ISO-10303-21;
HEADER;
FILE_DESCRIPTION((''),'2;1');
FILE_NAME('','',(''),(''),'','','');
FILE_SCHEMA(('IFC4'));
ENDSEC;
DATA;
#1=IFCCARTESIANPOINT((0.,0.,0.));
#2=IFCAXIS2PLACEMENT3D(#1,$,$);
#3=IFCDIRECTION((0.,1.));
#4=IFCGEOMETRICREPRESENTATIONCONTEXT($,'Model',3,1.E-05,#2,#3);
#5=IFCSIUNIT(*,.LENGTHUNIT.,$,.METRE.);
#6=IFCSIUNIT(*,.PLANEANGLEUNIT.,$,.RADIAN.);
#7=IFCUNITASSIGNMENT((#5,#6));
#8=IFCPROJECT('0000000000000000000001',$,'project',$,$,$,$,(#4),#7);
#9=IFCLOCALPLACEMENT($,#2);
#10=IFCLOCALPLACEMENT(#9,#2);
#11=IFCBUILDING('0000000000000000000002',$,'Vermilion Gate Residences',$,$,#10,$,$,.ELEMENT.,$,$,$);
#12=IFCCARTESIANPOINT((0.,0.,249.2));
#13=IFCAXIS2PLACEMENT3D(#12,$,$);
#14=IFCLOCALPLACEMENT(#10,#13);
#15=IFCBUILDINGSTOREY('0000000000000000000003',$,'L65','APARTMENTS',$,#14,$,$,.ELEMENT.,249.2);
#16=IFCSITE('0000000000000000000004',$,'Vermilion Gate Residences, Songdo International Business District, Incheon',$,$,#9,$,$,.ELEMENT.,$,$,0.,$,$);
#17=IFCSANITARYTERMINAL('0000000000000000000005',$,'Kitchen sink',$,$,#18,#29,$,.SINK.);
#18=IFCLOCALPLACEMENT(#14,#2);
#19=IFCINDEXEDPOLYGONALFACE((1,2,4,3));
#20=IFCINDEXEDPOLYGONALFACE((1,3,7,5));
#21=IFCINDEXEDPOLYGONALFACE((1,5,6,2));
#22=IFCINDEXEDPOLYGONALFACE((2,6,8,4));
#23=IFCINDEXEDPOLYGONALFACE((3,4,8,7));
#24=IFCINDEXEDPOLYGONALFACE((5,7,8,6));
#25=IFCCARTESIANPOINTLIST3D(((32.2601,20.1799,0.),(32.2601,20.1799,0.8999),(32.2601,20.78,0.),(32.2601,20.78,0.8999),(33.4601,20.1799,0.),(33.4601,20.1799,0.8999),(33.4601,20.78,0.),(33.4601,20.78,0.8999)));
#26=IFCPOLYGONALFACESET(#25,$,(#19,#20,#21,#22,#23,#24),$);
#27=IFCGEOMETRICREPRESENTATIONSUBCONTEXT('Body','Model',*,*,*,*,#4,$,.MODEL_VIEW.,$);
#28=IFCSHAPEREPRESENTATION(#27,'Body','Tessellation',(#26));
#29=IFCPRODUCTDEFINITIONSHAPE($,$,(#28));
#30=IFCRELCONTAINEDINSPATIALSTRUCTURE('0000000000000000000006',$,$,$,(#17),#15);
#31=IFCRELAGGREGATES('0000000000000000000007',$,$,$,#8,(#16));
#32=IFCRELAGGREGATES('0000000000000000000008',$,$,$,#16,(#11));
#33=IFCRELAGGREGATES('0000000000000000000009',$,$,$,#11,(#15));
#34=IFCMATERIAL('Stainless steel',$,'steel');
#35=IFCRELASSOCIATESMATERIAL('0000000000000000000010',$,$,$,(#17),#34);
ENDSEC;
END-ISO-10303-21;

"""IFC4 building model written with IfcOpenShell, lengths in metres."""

from ifc_helpers import new_model, si_unit, direction, frame, origin, origin_2d, place, context, subcontext, project, spatial, rectangle, extrude, material, element, save


model = new_model("IFC4")

# Units and contexts
model_context = context("Model", 3, precision=1e-05, world=origin(), true_north=direction((0.0, 1.0)))
body_context = subcontext(model_context, "Body", "Model", "MODEL_VIEW")
ifc_project = project(units=[si_unit("LENGTHUNIT", "METRE"), si_unit("PLANEANGLEUNIT", "RADIAN")], contexts=[model_context])

# Site, building, storey
site_placement = place(None, origin())
site = spatial("IfcSite", under=ifc_project, at=site_placement, Name="Vermilion Gate Residences, Songdo International Business District, Incheon", CompositionType="ELEMENT", RefElevation=0.0)
building_placement = place(site_placement, origin())
building = spatial("IfcBuilding", under=site, at=building_placement, Name="Vermilion Gate Residences", CompositionType="ELEMENT")
storey_placement = place(building_placement, frame((0.0, 0.0, 249.2)))
storey = spatial("IfcBuildingStorey", under=building, at=storey_placement, Name="L65", Description="APARTMENTS", CompositionType="ELEMENT", Elevation=249.2)

# Sanitary terminal
ifc_material_1 = material(Name="Stainless steel", Category="steel")
sanitary_terminal_1_placement = place(storey_placement, frame((32.8601, 20.48, 0.0), z_axis=(0.0, 0.0, 1.0), x_axis=(1.0, 0.0, 0.0)))
element("IfcSanitaryTerminal", 1, at=sanitary_terminal_1_placement, inside=storey, material=ifc_material_1, Name="Kitchen sink", PredefinedType="SINK", context=body_context, shape_type="SweptSolid", body=[
    extrude(rectangle(XDim=1.2, YDim=0.6001, at=origin_2d()), origin(), (0.0, 0.0, 1.0), 0.8999),
])

save(model, "model.ifc")
